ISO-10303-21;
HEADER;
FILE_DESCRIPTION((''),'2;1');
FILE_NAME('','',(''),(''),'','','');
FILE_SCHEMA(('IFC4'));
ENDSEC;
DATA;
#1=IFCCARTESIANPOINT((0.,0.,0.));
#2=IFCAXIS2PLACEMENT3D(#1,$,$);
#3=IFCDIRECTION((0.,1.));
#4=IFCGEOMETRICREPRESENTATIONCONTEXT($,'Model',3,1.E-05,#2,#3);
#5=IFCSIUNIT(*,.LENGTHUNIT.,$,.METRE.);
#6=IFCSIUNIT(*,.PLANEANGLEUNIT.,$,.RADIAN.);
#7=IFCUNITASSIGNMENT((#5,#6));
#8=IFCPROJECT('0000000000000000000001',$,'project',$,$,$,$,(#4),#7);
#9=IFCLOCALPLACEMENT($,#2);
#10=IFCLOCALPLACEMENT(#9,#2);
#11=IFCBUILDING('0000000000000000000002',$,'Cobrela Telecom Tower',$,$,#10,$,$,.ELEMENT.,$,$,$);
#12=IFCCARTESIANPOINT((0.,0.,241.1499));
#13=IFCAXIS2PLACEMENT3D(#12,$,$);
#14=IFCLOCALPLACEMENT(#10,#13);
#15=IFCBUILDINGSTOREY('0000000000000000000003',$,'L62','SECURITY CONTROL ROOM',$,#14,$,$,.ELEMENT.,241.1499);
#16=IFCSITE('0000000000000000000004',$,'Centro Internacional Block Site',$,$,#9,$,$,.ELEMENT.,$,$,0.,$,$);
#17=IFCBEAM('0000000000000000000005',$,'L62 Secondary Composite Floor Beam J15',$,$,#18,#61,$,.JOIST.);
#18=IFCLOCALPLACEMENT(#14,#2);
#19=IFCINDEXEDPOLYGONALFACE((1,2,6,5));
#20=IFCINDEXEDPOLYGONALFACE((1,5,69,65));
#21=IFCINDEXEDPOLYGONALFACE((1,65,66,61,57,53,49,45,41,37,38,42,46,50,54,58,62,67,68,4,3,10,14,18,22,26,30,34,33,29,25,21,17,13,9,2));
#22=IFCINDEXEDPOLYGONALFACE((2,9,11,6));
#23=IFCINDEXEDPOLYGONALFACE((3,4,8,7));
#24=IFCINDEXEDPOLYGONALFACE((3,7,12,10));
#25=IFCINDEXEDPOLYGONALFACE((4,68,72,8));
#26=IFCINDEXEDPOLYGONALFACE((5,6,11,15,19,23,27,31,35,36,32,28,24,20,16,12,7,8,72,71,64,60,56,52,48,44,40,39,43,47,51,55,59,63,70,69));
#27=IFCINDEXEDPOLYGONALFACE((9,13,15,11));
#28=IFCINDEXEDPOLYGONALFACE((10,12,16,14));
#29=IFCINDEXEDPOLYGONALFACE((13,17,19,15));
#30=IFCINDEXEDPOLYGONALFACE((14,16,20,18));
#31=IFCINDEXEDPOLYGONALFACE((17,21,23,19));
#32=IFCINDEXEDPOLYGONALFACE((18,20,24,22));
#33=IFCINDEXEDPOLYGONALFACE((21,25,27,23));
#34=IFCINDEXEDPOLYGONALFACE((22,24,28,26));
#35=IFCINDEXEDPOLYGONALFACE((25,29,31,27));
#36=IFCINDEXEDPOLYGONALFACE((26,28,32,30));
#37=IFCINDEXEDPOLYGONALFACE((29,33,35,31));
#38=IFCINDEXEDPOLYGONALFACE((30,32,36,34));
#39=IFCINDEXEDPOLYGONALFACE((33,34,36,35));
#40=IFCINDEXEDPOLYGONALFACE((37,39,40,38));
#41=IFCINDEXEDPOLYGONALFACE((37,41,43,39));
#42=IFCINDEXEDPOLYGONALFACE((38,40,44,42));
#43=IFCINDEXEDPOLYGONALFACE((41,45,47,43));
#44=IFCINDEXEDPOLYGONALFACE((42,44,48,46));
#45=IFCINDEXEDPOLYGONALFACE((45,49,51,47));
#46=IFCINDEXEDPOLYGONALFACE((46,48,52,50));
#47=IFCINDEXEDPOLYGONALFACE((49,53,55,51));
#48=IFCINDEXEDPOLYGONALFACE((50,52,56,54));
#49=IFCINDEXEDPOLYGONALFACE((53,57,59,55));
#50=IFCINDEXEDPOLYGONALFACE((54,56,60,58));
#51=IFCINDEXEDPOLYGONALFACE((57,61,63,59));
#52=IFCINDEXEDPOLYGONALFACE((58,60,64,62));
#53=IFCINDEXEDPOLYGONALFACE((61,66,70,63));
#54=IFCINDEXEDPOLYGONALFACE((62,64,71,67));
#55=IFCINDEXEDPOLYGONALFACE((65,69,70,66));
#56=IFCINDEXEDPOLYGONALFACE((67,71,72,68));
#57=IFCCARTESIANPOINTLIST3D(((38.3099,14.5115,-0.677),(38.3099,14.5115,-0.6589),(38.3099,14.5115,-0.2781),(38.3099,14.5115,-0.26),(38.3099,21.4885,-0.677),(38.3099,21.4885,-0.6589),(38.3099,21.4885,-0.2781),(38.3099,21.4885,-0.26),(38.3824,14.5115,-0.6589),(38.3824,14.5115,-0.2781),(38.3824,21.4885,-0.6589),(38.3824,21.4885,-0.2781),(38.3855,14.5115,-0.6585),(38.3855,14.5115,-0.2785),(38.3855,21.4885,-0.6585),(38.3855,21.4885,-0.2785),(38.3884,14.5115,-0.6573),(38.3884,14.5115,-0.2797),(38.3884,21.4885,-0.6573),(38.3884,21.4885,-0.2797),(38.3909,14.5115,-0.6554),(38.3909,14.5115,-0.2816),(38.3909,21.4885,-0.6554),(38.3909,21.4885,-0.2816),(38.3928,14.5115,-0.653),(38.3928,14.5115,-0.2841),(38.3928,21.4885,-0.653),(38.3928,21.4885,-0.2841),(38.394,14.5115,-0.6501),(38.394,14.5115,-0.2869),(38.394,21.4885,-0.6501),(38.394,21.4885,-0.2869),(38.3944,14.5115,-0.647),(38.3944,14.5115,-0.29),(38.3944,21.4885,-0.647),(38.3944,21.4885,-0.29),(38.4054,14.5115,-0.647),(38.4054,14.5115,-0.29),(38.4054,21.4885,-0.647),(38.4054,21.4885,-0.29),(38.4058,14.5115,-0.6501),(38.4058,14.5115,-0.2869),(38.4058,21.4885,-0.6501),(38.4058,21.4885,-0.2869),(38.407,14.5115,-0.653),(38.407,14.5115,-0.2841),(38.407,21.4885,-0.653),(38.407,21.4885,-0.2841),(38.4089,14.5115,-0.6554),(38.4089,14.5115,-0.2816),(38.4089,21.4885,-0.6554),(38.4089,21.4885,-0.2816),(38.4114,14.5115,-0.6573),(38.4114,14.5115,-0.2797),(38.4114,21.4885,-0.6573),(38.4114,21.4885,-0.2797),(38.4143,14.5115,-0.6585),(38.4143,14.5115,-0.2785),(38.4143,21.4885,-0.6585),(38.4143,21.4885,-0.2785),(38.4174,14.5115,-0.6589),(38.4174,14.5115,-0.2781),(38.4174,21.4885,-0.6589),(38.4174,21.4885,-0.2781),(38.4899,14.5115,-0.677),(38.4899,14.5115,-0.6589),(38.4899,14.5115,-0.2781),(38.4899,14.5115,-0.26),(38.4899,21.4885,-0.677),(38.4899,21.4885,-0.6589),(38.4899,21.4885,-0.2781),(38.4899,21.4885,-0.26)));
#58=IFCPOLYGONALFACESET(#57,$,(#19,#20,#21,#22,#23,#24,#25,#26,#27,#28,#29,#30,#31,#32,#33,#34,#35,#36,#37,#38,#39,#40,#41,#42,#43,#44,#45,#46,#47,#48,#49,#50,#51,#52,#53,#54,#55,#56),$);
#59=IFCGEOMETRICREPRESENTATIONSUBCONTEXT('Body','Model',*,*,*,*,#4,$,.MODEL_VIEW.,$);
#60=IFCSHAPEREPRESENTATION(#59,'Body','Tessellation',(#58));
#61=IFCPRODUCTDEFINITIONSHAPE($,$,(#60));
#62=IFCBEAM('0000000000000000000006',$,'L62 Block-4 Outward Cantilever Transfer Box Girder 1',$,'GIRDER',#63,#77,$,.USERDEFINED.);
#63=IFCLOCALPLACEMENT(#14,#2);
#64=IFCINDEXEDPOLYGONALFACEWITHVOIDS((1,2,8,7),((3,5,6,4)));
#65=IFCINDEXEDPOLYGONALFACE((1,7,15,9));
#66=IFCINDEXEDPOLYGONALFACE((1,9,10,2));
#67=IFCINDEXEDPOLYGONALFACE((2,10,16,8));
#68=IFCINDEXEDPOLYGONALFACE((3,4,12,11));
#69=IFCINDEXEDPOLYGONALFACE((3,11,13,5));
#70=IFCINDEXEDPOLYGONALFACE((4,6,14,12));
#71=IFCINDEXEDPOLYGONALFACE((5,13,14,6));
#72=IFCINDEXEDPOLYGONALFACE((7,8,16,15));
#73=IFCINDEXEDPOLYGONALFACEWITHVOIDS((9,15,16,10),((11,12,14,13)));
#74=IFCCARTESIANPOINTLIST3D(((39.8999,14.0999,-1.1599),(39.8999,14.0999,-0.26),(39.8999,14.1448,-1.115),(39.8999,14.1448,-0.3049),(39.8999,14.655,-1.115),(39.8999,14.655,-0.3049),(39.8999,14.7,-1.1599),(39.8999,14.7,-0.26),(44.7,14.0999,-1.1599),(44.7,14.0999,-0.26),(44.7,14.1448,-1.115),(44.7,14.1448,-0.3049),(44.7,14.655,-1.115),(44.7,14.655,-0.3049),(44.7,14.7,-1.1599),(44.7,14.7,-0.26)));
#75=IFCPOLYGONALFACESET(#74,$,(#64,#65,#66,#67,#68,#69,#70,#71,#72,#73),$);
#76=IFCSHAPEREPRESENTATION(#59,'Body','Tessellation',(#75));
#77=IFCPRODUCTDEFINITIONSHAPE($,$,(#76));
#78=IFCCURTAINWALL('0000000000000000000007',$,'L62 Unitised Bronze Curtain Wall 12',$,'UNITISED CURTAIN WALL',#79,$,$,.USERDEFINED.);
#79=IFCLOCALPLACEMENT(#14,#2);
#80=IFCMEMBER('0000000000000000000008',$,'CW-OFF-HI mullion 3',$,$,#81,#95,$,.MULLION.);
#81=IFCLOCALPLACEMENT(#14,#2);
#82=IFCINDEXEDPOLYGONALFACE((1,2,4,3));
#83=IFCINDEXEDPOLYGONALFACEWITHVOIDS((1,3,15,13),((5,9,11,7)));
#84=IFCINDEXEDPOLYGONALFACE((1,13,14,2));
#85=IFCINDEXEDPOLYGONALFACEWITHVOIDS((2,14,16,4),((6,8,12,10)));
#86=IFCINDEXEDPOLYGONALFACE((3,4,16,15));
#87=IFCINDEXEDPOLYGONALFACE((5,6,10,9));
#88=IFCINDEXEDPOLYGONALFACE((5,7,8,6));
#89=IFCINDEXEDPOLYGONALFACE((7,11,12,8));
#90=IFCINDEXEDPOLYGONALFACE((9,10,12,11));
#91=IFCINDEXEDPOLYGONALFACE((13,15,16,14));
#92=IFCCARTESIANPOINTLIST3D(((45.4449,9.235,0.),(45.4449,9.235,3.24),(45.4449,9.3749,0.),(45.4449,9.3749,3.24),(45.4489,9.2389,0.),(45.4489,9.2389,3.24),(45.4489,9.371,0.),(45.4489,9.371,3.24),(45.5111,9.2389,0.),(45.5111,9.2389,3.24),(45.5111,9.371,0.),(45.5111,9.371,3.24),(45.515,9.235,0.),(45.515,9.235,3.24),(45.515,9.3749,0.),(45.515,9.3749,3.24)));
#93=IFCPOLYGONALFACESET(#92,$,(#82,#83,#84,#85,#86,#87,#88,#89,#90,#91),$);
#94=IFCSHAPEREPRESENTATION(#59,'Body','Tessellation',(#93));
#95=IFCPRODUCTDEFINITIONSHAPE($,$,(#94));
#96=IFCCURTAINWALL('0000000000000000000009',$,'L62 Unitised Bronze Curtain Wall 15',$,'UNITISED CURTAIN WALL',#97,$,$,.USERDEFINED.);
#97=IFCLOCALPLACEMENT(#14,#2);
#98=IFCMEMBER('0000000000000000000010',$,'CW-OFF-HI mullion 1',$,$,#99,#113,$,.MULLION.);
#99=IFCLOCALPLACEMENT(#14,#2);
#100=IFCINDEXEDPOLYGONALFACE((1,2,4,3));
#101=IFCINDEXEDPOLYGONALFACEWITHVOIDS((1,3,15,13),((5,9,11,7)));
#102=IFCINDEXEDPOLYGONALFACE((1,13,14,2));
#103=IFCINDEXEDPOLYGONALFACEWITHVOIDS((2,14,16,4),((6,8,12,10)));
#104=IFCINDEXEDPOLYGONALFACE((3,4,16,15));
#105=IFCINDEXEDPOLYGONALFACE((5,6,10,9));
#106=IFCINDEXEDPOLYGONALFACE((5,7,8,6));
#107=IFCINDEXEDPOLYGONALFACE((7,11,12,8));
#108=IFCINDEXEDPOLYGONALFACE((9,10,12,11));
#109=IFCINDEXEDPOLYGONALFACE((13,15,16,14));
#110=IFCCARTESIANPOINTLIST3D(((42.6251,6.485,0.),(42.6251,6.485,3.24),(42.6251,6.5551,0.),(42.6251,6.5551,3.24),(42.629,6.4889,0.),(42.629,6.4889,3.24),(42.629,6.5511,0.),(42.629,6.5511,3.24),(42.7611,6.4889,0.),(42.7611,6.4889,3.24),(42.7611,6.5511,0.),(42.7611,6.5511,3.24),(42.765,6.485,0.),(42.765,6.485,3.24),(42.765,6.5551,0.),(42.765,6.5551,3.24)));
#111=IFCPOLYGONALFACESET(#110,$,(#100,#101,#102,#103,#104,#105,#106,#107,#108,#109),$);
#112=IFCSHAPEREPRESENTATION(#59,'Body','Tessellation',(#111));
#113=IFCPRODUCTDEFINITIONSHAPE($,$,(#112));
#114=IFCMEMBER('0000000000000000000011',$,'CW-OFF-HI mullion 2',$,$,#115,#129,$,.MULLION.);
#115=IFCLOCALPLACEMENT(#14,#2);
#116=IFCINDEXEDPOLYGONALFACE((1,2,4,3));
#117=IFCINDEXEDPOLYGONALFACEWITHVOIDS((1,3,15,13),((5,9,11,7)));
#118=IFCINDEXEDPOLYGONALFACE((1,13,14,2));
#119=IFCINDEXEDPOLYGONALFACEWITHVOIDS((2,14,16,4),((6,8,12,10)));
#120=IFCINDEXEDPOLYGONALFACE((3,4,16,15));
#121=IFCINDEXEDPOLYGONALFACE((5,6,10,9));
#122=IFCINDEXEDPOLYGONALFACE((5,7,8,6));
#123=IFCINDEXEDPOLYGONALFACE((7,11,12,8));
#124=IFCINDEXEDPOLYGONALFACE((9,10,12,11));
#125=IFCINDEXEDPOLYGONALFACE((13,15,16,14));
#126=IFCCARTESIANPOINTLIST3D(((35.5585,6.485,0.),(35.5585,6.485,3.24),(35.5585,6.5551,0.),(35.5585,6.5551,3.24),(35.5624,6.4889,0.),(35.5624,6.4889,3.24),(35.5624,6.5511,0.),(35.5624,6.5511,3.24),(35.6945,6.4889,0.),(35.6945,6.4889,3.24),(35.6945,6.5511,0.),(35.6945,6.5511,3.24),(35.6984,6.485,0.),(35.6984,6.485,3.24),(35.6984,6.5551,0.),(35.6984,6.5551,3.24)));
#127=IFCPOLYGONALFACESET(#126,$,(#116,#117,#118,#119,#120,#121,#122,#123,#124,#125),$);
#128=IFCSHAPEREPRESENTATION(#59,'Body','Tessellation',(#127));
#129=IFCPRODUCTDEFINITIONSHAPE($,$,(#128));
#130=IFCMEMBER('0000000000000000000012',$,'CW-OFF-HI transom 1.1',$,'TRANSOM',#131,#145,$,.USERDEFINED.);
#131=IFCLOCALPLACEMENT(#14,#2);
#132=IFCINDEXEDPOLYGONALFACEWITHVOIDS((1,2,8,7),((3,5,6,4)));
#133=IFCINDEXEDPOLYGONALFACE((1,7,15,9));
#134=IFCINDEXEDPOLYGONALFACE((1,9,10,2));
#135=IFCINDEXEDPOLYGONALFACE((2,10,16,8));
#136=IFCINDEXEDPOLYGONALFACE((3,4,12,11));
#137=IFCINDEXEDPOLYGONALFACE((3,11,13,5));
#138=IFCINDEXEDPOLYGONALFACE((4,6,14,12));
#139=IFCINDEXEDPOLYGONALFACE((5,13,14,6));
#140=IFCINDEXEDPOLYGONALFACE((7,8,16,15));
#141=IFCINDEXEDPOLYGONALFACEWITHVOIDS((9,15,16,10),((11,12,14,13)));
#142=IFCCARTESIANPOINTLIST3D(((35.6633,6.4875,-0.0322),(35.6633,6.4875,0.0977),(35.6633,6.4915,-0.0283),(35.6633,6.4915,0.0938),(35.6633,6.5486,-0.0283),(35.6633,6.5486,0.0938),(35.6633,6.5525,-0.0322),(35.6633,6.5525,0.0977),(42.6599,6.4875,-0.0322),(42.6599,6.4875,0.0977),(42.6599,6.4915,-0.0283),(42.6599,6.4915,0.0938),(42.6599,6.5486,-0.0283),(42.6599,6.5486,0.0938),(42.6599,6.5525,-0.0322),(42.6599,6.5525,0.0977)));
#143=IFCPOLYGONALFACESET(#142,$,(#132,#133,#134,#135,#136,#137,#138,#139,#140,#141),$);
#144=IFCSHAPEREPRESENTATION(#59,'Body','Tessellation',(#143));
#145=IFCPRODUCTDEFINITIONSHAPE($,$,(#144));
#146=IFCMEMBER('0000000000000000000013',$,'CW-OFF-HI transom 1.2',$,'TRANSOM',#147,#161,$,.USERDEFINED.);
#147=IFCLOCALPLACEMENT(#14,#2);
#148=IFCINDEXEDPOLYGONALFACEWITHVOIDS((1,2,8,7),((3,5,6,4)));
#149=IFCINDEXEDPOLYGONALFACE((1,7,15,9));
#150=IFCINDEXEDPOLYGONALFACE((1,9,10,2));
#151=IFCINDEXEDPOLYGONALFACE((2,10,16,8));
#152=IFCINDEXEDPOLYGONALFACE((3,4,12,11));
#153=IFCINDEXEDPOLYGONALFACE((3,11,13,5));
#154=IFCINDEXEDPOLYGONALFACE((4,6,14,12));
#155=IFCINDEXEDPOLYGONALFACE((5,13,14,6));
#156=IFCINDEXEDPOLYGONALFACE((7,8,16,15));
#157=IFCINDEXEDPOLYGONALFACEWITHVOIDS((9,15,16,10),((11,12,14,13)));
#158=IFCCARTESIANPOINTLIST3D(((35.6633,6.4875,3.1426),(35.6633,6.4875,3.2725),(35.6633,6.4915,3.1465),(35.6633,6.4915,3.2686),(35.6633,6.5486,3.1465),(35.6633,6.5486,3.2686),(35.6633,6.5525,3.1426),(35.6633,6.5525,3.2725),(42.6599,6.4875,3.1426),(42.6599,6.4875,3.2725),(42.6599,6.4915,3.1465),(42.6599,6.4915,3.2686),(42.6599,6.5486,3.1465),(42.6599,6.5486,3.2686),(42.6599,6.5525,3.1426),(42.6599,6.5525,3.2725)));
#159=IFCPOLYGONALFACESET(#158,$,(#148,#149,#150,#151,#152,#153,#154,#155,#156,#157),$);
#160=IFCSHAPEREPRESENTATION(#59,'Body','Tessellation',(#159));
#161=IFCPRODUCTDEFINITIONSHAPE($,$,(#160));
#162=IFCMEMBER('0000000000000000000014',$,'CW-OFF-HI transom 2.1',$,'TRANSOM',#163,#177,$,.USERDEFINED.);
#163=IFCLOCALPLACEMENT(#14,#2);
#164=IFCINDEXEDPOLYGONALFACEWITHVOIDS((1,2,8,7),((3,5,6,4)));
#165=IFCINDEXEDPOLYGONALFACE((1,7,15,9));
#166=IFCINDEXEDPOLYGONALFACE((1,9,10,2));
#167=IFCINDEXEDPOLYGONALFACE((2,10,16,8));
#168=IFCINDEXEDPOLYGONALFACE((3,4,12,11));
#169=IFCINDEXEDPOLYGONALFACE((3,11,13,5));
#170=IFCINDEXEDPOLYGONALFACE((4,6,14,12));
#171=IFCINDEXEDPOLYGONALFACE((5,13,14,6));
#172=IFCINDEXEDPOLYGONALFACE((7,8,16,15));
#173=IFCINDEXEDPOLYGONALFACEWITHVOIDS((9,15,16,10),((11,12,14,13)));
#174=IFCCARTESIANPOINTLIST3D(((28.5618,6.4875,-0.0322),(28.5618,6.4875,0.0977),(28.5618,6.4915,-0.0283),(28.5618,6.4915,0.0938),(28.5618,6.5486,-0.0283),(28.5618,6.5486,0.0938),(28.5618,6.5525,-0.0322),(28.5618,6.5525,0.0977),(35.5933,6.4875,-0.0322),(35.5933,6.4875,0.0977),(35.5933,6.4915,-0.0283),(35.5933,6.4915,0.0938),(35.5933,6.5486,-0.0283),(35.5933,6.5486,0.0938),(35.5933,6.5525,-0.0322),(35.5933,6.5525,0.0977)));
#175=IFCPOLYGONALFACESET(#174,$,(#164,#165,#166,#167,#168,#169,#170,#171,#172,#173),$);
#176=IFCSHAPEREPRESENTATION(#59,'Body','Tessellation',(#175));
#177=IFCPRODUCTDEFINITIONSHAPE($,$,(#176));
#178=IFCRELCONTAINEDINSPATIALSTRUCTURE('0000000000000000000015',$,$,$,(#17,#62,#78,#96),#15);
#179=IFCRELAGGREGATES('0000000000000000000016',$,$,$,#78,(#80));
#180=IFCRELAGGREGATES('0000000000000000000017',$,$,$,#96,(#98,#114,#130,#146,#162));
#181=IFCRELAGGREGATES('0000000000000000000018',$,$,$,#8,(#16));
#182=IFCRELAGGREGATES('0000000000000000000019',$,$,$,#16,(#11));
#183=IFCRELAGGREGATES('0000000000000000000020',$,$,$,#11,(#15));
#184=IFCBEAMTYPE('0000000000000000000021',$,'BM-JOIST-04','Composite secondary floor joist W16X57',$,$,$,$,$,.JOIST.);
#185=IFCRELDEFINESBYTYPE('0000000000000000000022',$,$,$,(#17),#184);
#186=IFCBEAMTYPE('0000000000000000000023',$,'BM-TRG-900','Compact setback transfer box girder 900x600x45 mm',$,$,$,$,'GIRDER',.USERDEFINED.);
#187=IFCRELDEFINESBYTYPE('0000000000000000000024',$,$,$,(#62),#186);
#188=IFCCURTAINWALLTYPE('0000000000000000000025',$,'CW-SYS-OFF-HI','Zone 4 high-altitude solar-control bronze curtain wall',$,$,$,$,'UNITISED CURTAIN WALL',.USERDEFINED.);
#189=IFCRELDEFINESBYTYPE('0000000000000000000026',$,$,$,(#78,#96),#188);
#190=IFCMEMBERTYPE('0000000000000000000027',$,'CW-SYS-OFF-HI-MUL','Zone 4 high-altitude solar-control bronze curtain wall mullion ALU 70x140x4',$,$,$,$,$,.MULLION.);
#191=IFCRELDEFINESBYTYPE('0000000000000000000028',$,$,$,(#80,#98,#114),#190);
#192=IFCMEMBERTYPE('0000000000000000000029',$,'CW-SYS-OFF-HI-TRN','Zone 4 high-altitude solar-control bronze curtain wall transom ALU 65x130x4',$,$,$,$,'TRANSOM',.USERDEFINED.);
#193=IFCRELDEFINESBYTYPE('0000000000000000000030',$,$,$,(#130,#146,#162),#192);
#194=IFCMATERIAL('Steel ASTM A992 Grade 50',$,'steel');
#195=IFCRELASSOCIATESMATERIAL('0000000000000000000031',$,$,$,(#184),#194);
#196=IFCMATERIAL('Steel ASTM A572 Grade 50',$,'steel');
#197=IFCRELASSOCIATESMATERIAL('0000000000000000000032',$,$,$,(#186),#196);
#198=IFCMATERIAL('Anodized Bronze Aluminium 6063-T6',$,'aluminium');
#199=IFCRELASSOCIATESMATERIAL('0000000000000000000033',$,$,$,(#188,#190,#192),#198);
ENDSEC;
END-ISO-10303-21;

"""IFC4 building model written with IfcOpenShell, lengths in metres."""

from ifc_helpers import new_model, si_unit, direction, frame, origin, origin_2d, place, context, subcontext, project, spatial, hollow_rectangle, i_section, extrude, material, material_profile, profile_set, type_object, element, aggregate, save


model = new_model("IFC4")

# Units and contexts
model_context = context("Model", 3, precision=1e-05, world=origin(), true_north=direction((0.0, 1.0)))
body_context = subcontext(model_context, "Body", "Model", "MODEL_VIEW")
ifc_project = project(units=[si_unit("LENGTHUNIT", "METRE"), si_unit("PLANEANGLEUNIT", "RADIAN")], contexts=[model_context])

# Site, building, storey
site_placement = place(None, origin())
site = spatial("IfcSite", under=ifc_project, at=site_placement, Name="Centro Internacional Block Site", CompositionType="ELEMENT", RefElevation=0.0)
building_placement = place(site_placement, origin())
building = spatial("IfcBuilding", under=site, at=building_placement, Name="Cobrela Telecom Tower", CompositionType="ELEMENT")
storey_placement = place(building_placement, frame((0.0, 0.0, 241.1499)))
storey = spatial("IfcBuildingStorey", under=building, at=storey_placement, Name="L62", Description="SECURITY CONTROL ROOM", CompositionType="ELEMENT", Elevation=241.1499)

# Shared definitions
ifc_material_1 = material(Name="Steel ASTM A992 Grade 50", Category="steel")
ifc_material_2 = material(Name="Steel ASTM A572 Grade 50", Category="steel")

# Beams
ifc_material_profile_1 = material_profile(ifc_material_1, i_section(OverallWidth=0.1799, OverallDepth=0.417, WebThickness=0.011, FlangeThickness=0.0181, FilletRadius=0.012, at=origin_2d()), Name="W16X57")
ifc_profile_set_1 = profile_set([ifc_material_profile_1], Name="Steel ASTM A992 Grade 50")
beam_type_1 = type_object("IfcBeamType", Name="BM-JOIST-04", Description="Composite secondary floor joist W16X57", PredefinedType="JOIST", material=ifc_profile_set_1)
for number, where, z_axis, x_axis, name in (
    (1, (38.3999, 14.5115, -0.4685), (0.0, 1.0, 0.0), (-1.0, 0.0, 0.0), "L62 Secondary Composite Floor Beam J15"),
):
    element("IfcBeam", number, at=place(storey_placement, frame(where, z_axis=z_axis, x_axis=x_axis)), inside=storey, type_object=beam_type_1, Name=name, PredefinedType="JOIST", context=body_context, shape_type="SweptSolid", body=[
        extrude(i_section(OverallWidth=0.1799, OverallDepth=0.417, WebThickness=0.011, FlangeThickness=0.0181, FilletRadius=0.012, at=origin_2d()), origin(), (0.0, 0.0, 1.0), 6.9771),
    ])
ifc_material_profile_2 = material_profile(ifc_material_2, hollow_rectangle(XDim=0.6001, YDim=0.8999, WallThickness=0.0449, at=origin_2d()), Name="BOX 900x600x45")
ifc_profile_set_2 = profile_set([ifc_material_profile_2], Name="Steel ASTM A572 Grade 50")
beam_type_2 = type_object("IfcBeamType", Name="BM-TRG-900", Description="Compact setback transfer box girder 900x600x45 mm", ElementType="GIRDER", PredefinedType="USERDEFINED", material=ifc_profile_set_2)
beam_1_placement = place(storey_placement, frame((39.8999, 14.3999, -0.71), z_axis=(1.0, 0.0, 0.0), x_axis=(0.0, 1.0, 0.0)))
element("IfcBeam", 2, at=beam_1_placement, inside=storey, type_object=beam_type_2, Name="L62 Block-4 Outward Cantilever Transfer Box Girder 1", ObjectType="GIRDER", PredefinedType="USERDEFINED", context=body_context, shape_type="SweptSolid", body=[
    extrude(hollow_rectangle(XDim=0.6001, YDim=0.8999, WallThickness=0.0449, at=origin_2d()), origin(), (0.0, 0.0, 1.0), 4.8),
])

# Curtain wall, member
ifc_material_3 = material(Name="Anodized Bronze Aluminium 6063-T6", Category="aluminium")
curtain_wall_type = type_object("IfcCurtainWallType", Name="CW-SYS-OFF-HI", Description="Zone 4 high-altitude solar-control bronze curtain wall", ElementType="UNITISED CURTAIN WALL", PredefinedType="USERDEFINED", material=ifc_material_3)
curtain_wall_1_placement = place(storey_placement, origin())
curtain_wall_1 = element("IfcCurtainWall", 3, at=curtain_wall_1_placement, inside=storey, type_object=curtain_wall_type, Name="L62 Unitised Bronze Curtain Wall 12", ObjectType="UNITISED CURTAIN WALL", PredefinedType="USERDEFINED")
ifc_material_profile_3 = material_profile(ifc_material_3, hollow_rectangle(XDim=0.0701, YDim=0.1399, WallThickness=0.0039, at=origin_2d()), Name="ALU 70x140x4")
ifc_profile_set_3 = profile_set([ifc_material_profile_3], Name="Anodized Bronze Aluminium 6063-T6")
member_type_1 = type_object("IfcMemberType", Name="CW-SYS-OFF-HI-MUL", Description="Zone 4 high-altitude solar-control bronze curtain wall mullion ALU 70x140x4", PredefinedType="MULLION", material=ifc_profile_set_3)
member_1_placement = place(storey_placement, frame((45.48, 9.3049, 0.0), z_axis=(0.0, 0.0, 1.0), x_axis=(1.0, 0.0, 0.0)))
member_1 = element("IfcMember", 4, at=member_1_placement, type_object=member_type_1, Name="CW-OFF-HI mullion 3", PredefinedType="MULLION", context=body_context, shape_type="SweptSolid", body=[
    extrude(hollow_rectangle(XDim=0.0701, YDim=0.1399, WallThickness=0.0039, at=origin_2d()), origin(), (0.0, 0.0, 1.0), 3.24),
])

# Curtain wall, members
curtain_wall_2_placement = place(storey_placement, origin())
curtain_wall_2 = element("IfcCurtainWall", 5, at=curtain_wall_2_placement, inside=storey, type_object=curtain_wall_type, Name="L62 Unitised Bronze Curtain Wall 15", ObjectType="UNITISED CURTAIN WALL", PredefinedType="USERDEFINED")
member_2_placement = place(storey_placement, frame((42.6951, 6.52, 0.0), z_axis=(0.0, 0.0, 1.0), x_axis=(0.0, -1.0, 0.0)))
member_2 = element("IfcMember", 6, at=member_2_placement, type_object=member_type_1, Name="CW-OFF-HI mullion 1", PredefinedType="MULLION", context=body_context, shape_type="SweptSolid", body=[
    extrude(hollow_rectangle(XDim=0.0701, YDim=0.1399, WallThickness=0.0039, at=origin_2d()), origin(), (0.0, 0.0, 1.0), 3.24),
])
member_3_placement = place(storey_placement, frame((35.6284, 6.52, 0.0), z_axis=(0.0, 0.0, 1.0), x_axis=(0.0, -1.0, 0.0)))
member_3 = element("IfcMember", 7, at=member_3_placement, type_object=member_type_1, Name="CW-OFF-HI mullion 2", PredefinedType="MULLION", context=body_context, shape_type="SweptSolid", body=[
    extrude(hollow_rectangle(XDim=0.0701, YDim=0.1399, WallThickness=0.0039, at=origin_2d()), origin(), (0.0, 0.0, 1.0), 3.24),
])
ifc_material_profile_4 = material_profile(ifc_material_3, hollow_rectangle(XDim=0.0649, YDim=0.1299, WallThickness=0.0039, at=origin_2d()), Name="ALU 65x130x4")
ifc_profile_set_4 = profile_set([ifc_material_profile_4], Name="Anodized Bronze Aluminium 6063-T6")
member_type_2 = type_object("IfcMemberType", Name="CW-SYS-OFF-HI-TRN", Description="Zone 4 high-altitude solar-control bronze curtain wall transom ALU 65x130x4", ElementType="TRANSOM", PredefinedType="USERDEFINED", material=ifc_profile_set_4)
member_4_placement = place(storey_placement, frame((42.6599, 6.52, 0.0327), z_axis=(-1.0, 0.0, 0.0), x_axis=(0.0, -1.0, 0.0)))
member_4 = element("IfcMember", 8, at=member_4_placement, type_object=member_type_2, Name="CW-OFF-HI transom 1.1", ObjectType="TRANSOM", PredefinedType="USERDEFINED", context=body_context, shape_type="SweptSolid", body=[
    extrude(hollow_rectangle(XDim=0.0649, YDim=0.1299, WallThickness=0.0039, at=origin_2d()), origin(), (0.0, 0.0, 1.0), 6.9966),
])
member_5_placement = place(storey_placement, frame((42.6599, 6.52, 3.2075), z_axis=(-1.0, 0.0, 0.0), x_axis=(0.0, -1.0, 0.0)))
member_5 = element("IfcMember", 9, at=member_5_placement, type_object=member_type_2, Name="CW-OFF-HI transom 1.2", ObjectType="TRANSOM", PredefinedType="USERDEFINED", context=body_context, shape_type="SweptSolid", body=[
    extrude(hollow_rectangle(XDim=0.0649, YDim=0.1299, WallThickness=0.0039, at=origin_2d()), origin(), (0.0, 0.0, 1.0), 6.9966),
])
member_6_placement = place(storey_placement, frame((35.5933, 6.52, 0.0327), z_axis=(-1.0, 0.0, 0.0), x_axis=(0.0, -1.0, 0.0)))
member_6 = element("IfcMember", 10, at=member_6_placement, type_object=member_type_2, Name="CW-OFF-HI transom 2.1", ObjectType="TRANSOM", PredefinedType="USERDEFINED", context=body_context, shape_type="SweptSolid", body=[
    extrude(hollow_rectangle(XDim=0.0649, YDim=0.1299, WallThickness=0.0039, at=origin_2d()), origin(), (0.0, 0.0, 1.0), 7.0315),
])

aggregate(curtain_wall_1, [member_1])
aggregate(curtain_wall_2, [member_2, member_3, member_4, member_5, member_6])

save(model, "model.ifc")
